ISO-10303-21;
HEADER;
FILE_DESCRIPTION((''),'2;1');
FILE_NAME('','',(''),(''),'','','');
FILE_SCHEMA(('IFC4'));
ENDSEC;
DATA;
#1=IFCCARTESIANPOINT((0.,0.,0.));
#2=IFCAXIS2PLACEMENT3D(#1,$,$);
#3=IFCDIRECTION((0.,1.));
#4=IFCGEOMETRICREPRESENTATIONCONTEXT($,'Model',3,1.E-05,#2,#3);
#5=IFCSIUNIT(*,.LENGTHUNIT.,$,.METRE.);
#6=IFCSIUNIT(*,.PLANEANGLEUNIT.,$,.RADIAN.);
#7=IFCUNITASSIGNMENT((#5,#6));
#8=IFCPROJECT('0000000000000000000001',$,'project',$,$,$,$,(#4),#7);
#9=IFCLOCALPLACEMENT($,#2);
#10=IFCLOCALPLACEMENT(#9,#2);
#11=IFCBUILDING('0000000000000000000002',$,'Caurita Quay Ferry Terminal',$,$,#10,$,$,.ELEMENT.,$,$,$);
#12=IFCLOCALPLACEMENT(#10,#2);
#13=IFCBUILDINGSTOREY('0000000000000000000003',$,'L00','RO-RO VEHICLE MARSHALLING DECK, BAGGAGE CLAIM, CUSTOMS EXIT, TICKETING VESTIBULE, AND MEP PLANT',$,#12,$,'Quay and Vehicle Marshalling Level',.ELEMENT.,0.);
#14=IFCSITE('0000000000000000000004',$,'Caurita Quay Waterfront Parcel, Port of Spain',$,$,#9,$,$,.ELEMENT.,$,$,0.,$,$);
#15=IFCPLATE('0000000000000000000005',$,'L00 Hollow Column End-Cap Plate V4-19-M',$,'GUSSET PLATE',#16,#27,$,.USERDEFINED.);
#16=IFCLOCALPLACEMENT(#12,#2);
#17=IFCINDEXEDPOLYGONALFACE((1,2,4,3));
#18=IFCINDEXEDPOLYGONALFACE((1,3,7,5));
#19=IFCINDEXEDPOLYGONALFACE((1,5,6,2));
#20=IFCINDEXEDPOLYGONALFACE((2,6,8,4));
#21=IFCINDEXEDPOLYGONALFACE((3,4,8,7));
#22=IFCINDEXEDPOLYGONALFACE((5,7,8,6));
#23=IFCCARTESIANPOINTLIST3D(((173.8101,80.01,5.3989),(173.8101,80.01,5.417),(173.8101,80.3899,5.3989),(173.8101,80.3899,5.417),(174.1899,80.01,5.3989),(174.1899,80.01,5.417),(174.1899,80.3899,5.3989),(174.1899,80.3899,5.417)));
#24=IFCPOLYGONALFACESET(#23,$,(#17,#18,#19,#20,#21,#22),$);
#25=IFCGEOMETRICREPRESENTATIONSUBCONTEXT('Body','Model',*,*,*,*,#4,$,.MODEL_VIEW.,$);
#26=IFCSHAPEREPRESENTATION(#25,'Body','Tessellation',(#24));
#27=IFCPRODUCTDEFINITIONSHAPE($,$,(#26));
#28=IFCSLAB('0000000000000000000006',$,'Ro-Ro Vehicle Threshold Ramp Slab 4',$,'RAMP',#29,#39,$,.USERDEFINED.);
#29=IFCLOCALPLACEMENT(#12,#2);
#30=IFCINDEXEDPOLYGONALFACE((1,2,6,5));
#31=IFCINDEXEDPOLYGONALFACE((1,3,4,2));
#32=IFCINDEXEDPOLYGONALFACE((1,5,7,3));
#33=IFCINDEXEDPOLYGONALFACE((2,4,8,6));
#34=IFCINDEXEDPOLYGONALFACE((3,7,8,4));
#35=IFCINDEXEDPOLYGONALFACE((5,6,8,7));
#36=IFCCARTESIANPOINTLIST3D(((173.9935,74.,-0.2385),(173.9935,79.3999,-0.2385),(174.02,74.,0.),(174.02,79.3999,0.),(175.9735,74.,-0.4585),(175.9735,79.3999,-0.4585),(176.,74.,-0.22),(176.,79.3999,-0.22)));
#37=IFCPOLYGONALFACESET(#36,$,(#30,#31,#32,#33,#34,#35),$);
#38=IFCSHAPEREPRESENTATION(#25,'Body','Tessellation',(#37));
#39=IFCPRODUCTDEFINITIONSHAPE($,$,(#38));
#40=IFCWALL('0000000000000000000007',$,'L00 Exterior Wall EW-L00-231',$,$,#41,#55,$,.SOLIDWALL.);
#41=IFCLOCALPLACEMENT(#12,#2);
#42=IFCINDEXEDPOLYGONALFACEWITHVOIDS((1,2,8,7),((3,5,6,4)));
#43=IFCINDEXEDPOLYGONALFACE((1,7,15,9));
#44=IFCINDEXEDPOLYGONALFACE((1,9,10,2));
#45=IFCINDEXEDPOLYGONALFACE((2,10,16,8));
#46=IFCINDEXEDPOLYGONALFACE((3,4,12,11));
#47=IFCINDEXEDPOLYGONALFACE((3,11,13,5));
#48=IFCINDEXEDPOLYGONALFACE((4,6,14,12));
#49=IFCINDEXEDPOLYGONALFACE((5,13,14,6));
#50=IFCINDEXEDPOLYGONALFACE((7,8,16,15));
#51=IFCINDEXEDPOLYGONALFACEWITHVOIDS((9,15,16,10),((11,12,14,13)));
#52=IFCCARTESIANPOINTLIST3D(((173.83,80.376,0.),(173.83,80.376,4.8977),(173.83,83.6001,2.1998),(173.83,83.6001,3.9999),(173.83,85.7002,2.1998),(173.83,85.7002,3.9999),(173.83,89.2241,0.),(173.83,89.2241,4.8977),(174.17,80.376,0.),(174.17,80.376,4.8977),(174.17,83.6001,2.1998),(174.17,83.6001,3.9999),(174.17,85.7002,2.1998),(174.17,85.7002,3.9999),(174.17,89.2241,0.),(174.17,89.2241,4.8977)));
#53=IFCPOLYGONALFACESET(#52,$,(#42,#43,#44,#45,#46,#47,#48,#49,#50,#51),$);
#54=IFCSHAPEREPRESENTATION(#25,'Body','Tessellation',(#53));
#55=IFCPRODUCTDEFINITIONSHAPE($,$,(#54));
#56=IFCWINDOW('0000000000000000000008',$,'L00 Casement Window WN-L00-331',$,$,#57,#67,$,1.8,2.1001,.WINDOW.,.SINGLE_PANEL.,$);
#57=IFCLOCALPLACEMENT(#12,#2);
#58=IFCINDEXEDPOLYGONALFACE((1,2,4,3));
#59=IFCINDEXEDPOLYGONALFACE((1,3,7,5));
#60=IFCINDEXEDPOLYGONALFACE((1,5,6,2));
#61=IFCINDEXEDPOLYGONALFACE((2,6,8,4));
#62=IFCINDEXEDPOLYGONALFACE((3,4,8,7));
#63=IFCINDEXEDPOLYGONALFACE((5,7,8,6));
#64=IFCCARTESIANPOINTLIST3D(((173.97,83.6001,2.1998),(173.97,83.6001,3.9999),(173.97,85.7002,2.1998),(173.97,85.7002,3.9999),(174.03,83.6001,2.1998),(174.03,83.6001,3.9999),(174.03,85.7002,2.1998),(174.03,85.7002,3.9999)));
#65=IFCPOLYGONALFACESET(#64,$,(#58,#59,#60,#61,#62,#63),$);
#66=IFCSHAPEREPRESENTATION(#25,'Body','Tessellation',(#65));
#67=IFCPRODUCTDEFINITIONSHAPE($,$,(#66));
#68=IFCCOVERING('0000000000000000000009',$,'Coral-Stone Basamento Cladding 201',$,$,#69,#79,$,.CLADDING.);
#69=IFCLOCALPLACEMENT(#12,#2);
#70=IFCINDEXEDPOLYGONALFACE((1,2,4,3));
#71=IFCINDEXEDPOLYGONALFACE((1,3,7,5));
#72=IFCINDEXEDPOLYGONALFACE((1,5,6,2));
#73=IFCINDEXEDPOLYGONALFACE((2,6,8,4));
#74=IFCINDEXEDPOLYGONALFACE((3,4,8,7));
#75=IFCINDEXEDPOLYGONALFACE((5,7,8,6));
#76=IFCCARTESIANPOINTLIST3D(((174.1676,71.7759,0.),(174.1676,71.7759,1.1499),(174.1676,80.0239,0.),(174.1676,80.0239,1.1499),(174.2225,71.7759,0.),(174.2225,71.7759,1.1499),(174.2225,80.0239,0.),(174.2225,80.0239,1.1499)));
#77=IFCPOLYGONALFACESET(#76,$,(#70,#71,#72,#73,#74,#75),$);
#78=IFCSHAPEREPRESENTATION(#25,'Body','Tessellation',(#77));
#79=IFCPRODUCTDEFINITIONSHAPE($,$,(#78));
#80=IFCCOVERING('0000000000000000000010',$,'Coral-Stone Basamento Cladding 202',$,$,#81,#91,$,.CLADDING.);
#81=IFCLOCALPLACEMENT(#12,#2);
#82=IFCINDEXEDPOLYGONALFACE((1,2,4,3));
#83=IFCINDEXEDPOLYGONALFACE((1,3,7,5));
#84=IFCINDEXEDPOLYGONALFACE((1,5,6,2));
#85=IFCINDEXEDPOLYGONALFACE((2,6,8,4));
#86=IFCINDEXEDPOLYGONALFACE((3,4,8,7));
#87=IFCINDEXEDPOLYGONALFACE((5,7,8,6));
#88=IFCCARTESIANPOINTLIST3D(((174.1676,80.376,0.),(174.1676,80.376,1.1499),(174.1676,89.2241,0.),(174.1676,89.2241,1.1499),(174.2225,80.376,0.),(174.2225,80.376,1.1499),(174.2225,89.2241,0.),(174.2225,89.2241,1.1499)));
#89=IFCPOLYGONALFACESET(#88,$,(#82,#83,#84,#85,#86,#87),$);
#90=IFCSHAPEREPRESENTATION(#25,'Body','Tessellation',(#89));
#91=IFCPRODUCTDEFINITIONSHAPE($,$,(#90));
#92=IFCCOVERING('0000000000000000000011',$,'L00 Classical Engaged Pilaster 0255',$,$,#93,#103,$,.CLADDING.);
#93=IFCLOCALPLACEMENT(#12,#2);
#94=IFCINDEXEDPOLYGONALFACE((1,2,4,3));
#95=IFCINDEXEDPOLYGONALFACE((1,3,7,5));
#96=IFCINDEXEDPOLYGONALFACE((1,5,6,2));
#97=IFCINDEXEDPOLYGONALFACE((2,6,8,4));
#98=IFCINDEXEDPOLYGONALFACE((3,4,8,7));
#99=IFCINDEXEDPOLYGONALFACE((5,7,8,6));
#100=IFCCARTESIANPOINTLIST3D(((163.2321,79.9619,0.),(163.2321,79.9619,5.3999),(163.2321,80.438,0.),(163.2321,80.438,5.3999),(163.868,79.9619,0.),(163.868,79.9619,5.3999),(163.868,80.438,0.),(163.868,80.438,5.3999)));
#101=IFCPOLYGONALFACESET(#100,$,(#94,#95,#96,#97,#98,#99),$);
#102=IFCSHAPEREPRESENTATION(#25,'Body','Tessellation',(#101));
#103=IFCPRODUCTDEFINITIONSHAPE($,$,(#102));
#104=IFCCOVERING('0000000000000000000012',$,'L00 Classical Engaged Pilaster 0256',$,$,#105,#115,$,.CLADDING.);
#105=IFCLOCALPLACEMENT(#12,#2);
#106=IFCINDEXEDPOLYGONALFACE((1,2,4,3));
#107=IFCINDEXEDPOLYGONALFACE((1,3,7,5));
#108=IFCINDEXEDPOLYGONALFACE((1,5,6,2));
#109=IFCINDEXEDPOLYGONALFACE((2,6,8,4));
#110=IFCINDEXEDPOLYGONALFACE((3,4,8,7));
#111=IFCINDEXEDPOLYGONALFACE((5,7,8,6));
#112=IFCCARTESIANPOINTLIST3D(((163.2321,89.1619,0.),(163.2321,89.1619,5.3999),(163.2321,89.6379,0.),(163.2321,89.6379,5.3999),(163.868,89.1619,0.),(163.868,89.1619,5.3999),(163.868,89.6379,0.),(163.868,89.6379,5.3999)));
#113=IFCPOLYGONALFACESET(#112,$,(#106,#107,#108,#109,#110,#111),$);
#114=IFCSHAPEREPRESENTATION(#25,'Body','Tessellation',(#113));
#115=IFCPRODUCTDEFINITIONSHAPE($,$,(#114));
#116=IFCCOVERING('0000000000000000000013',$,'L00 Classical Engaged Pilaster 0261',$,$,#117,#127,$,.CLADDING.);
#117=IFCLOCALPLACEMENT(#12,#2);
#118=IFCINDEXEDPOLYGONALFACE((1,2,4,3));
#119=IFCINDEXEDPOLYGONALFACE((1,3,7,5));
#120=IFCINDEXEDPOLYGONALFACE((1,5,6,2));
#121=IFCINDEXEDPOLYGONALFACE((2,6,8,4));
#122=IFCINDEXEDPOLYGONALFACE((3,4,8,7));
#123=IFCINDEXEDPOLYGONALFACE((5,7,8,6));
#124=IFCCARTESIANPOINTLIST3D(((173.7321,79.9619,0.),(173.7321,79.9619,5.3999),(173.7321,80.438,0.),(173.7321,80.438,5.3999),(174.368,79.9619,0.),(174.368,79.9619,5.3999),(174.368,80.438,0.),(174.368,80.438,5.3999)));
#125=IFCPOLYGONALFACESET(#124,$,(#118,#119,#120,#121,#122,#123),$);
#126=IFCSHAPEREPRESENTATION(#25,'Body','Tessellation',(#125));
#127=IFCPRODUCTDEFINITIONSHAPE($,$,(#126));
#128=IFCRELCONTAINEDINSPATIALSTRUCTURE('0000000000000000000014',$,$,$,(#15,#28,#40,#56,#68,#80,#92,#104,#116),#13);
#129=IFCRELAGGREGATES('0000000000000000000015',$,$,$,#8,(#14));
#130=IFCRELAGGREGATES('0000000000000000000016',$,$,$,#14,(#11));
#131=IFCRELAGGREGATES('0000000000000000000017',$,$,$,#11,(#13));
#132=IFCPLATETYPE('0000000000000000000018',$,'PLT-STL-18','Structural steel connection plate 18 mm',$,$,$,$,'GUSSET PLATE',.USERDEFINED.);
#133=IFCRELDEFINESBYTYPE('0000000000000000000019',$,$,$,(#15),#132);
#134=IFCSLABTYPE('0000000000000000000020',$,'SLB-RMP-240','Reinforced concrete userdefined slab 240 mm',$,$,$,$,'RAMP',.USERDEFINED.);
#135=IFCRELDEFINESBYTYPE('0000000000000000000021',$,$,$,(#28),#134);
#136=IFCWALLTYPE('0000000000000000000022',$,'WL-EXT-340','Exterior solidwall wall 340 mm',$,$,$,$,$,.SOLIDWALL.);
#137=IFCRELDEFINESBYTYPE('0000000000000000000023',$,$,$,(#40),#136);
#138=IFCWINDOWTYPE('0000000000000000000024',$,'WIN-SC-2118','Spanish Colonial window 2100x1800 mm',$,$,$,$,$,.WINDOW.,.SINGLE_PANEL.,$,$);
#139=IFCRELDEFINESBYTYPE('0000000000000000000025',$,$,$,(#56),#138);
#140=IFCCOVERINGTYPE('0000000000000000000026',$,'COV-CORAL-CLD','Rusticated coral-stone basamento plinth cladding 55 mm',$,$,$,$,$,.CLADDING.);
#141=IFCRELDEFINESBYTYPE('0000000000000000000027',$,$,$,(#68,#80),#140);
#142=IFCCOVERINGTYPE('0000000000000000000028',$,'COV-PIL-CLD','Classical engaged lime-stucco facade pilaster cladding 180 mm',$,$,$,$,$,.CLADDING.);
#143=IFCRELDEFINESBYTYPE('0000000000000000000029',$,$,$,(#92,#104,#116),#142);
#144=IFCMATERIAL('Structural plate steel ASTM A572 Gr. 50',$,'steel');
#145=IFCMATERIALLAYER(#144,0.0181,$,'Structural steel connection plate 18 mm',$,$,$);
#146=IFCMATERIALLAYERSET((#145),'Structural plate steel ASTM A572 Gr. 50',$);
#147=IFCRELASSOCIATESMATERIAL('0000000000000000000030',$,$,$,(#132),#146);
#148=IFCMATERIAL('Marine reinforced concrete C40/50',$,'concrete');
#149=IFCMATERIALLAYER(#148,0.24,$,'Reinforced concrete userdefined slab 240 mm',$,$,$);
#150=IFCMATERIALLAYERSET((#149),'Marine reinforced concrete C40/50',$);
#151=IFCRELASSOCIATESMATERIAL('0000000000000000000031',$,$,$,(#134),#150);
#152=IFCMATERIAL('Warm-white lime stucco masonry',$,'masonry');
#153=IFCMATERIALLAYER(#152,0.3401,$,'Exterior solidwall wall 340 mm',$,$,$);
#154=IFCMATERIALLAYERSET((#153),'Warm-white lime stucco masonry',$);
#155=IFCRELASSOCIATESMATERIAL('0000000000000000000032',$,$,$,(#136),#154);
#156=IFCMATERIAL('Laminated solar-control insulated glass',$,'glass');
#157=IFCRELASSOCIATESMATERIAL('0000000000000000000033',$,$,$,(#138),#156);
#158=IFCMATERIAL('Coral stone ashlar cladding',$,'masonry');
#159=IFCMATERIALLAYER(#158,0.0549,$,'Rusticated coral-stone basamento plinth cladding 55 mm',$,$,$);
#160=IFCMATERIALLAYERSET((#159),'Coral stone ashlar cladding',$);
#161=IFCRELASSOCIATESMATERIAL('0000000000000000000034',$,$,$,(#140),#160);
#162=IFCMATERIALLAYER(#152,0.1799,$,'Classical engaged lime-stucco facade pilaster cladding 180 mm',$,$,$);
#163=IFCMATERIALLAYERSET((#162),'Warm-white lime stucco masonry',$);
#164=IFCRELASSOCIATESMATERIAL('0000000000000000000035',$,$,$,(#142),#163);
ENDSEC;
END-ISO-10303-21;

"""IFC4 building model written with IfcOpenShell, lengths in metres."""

from ifc_helpers import new_model, si_unit, direction, frame, frame_2d, origin, origin_2d, place, context, subcontext, project, spatial, polyline, rectangle, outline, extrude, material, layer, layer_set, type_object, element, fill, save


model = new_model("IFC4")

# Units and contexts
model_context = context("Model", 3, precision=1e-05, world=origin(), true_north=direction((0.0, 1.0)))
body_context = subcontext(model_context, "Body", "Model", "MODEL_VIEW")
ifc_project = project(units=[si_unit("LENGTHUNIT", "METRE"), si_unit("PLANEANGLEUNIT", "RADIAN")], contexts=[model_context])

# Site, building, storey
site_placement = place(None, origin())
site = spatial("IfcSite", under=ifc_project, at=site_placement, Name="Caurita Quay Waterfront Parcel, Port of Spain", CompositionType="ELEMENT", RefElevation=0.0)
building_placement = place(site_placement, origin())
building = spatial("IfcBuilding", under=site, at=building_placement, Name="Caurita Quay Ferry Terminal", CompositionType="ELEMENT")
storey_placement = place(building_placement, origin())
storey = spatial("IfcBuildingStorey", under=building, at=storey_placement, Name="L00", Description="RO-RO VEHICLE MARSHALLING DECK, BAGGAGE CLAIM, CUSTOMS EXIT, TICKETING VESTIBULE, AND MEP PLANT", LongName="Quay and Vehicle Marshalling Level", CompositionType="ELEMENT", Elevation=0.0)

# Shared definitions
ifc_material_1 = material(Name="Marine reinforced concrete C40/50", Category="concrete")

# Plate
ifc_material_2 = material(Name="Structural plate steel ASTM A572 Gr. 50", Category="steel")
ifc_layer_1 = layer(ifc_material_2, 0.0181, Name="Structural steel connection plate 18 mm")
ifc_layer_set_1 = layer_set([ifc_layer_1], Name="Structural plate steel ASTM A572 Gr. 50")
plate_type = type_object("IfcPlateType", Name="PLT-STL-18", Description="Structural steel connection plate 18 mm", ElementType="GUSSET PLATE", PredefinedType="USERDEFINED", material=ifc_layer_set_1)
for number, where, z_axis, x_axis, name in (
    (1, (174.0, 80.2, 5.3989), (0.0, 0.0, 1.0), (1.0, 0.0, 0.0), "L00 Hollow Column End-Cap Plate V4-19-M"),
):
    element("IfcPlate", number, at=place(storey_placement, frame(where, z_axis=z_axis, x_axis=x_axis)), inside=storey, type_object=plate_type, Name=name, ObjectType="GUSSET PLATE", PredefinedType="USERDEFINED", context=body_context, shape_type="SweptSolid", body=[
        extrude(rectangle(XDim=0.3799, YDim=0.3799, at=origin_2d()), origin(), (0.0, 0.0, 1.0), 0.0181),
    ])

# Slab
ifc_layer_2 = layer(ifc_material_1, 0.24, Name="Reinforced concrete userdefined slab 240 mm")
ifc_layer_set_2 = layer_set([ifc_layer_2], Name="Marine reinforced concrete C40/50")
slab_type = type_object("IfcSlabType", Name="SLB-RMP-240", Description="Reinforced concrete userdefined slab 240 mm", ElementType="RAMP", PredefinedType="USERDEFINED", material=ifc_layer_set_2)
slab_placement = place(storey_placement, frame((174.02, 74.0, 0.0), z_axis=(0.110418, 0.0, 0.993885), x_axis=(0.993885, 0.0, -0.110418)))
element("IfcSlab", 2, at=slab_placement, inside=storey, type_object=slab_type, Name="Ro-Ro Vehicle Threshold Ramp Slab 4", ObjectType="RAMP", PredefinedType="USERDEFINED", context=body_context, shape_type="SweptSolid", body=[
    extrude(outline(polyline([(0.0, 0.0), (1.9922, 0.0), (1.9922, 5.3999), (0.0, 5.3999), (0.0, 0.0)])), origin(), (0.0, 0.0, -1.0), 0.24),
])

# Wall, opening, window
ifc_material_3 = material(Name="Warm-white lime stucco masonry", Category="masonry")
ifc_layer_3 = layer(ifc_material_3, 0.3401, Name="Exterior solidwall wall 340 mm")
ifc_layer_set_3 = layer_set([ifc_layer_3], Name="Warm-white lime stucco masonry")
wall_type = type_object("IfcWallType", Name="WL-EXT-340", Description="Exterior solidwall wall 340 mm", PredefinedType="SOLIDWALL", material=ifc_layer_set_3)
wall_placement = place(storey_placement, frame((174.0, 80.376, 0.0), z_axis=(0.0, 0.0, 1.0), x_axis=(0.0, 1.0, 0.0)))
wall = element("IfcWall", 3, at=wall_placement, inside=storey, type_object=wall_type, Name="L00 Exterior Wall EW-L00-231", PredefinedType="SOLIDWALL", context=body_context, shape_type="SweptSolid", body=[
    extrude(rectangle(XDim=8.8481, YDim=0.3401, at=frame_2d((4.4241, 0.0))), origin(), (0.0, 0.0, 1.0), 4.8977),
])
opening_placement = place(wall_placement, frame((3.2241, 0.0, 2.2)))
opening = element("IfcOpeningElement", 4, at=opening_placement, cuts=wall, PredefinedType="OPENING", context=body_context, shape_type="SweptSolid", body=[
    extrude(rectangle(XDim=2.1001, YDim=1.8, at=frame_2d((1.05, 0.8999))), frame((0.0, 0.1799, 0.0), z_axis=(0.0, -1.0, 0.0), x_axis=(1.0, 0.0, 0.0)), (0.0, 0.0, 1.0), 0.3601),
])
ifc_material_4 = material(Name="Laminated solar-control insulated glass", Category="glass")
window_type = type_object("IfcWindowType", Name="WIN-SC-2118", Description="Spanish Colonial window 2100x1800 mm", PartitioningType="SINGLE_PANEL", PredefinedType="WINDOW", material=ifc_material_4)
window_placement = place(opening_placement, origin())
window = element("IfcWindow", 5, at=window_placement, inside=storey, type_object=window_type, Name="L00 Casement Window WN-L00-331", OverallHeight=1.8, OverallWidth=2.1001, PartitioningType="SINGLE_PANEL", PredefinedType="WINDOW", context=body_context, shape_type="SweptSolid", body=[
    extrude(rectangle(XDim=2.1001, YDim=1.8, at=frame_2d((1.05, 0.8999))), frame((0.0, 0.03, 0.0), z_axis=(0.0, -1.0, 0.0), x_axis=(1.0, 0.0, 0.0)), (0.0, 0.0, 1.0), 0.0601),
])
fill(opening, window)

# Coverings
ifc_material_5 = material(Name="Coral stone ashlar cladding", Category="masonry")
ifc_layer_4 = layer(ifc_material_5, 0.0549, Name="Rusticated coral-stone basamento plinth cladding 55 mm")
ifc_layer_set_4 = layer_set([ifc_layer_4], Name="Coral stone ashlar cladding")
covering_type_1 = type_object("IfcCoveringType", Name="COV-CORAL-CLD", Description="Rusticated coral-stone basamento plinth cladding 55 mm", PredefinedType="CLADDING", material=ifc_layer_set_4)
covering_1_placement = place(storey_placement, frame((174.1951, 71.7759, 0.0), z_axis=(0.0, 0.0, 1.0), x_axis=(0.0, 1.0, 0.0)))
element("IfcCovering", 6, at=covering_1_placement, inside=storey, type_object=covering_type_1, Name="Coral-Stone Basamento Cladding 201", PredefinedType="CLADDING", context=body_context, shape_type="SweptSolid", body=[
    extrude(rectangle(XDim=8.248, YDim=0.0549, at=frame_2d((4.124, 0.0))), origin(), (0.0, 0.0, 1.0), 1.1499),
])
covering_2_placement = place(storey_placement, frame((174.1951, 80.376, 0.0), z_axis=(0.0, 0.0, 1.0), x_axis=(0.0, 1.0, 0.0)))
element("IfcCovering", 7, at=covering_2_placement, inside=storey, type_object=covering_type_1, Name="Coral-Stone Basamento Cladding 202", PredefinedType="CLADDING", context=body_context, shape_type="SweptSolid", body=[
    extrude(rectangle(XDim=8.8481, YDim=0.0549, at=frame_2d((4.4241, 0.0))), origin(), (0.0, 0.0, 1.0), 1.1499),
])
ifc_layer_5 = layer(ifc_material_3, 0.1799, Name="Classical engaged lime-stucco facade pilaster cladding 180 mm")
ifc_layer_set_5 = layer_set([ifc_layer_5], Name="Warm-white lime stucco masonry")
covering_type_2 = type_object("IfcCoveringType", Name="COV-PIL-CLD", Description="Classical engaged lime-stucco facade pilaster cladding 180 mm", PredefinedType="CLADDING", material=ifc_layer_set_5)
for number, where, z_axis, x_axis, name in (
    (8, (163.55, 80.2, 0.0), (0.0, 0.0, 1.0), (1.0, 0.0, 0.0), "L00 Classical Engaged Pilaster 0255"),
    (9, (163.55, 89.3999, 0.0), (0.0, 0.0, 1.0), (1.0, 0.0, 0.0), "L00 Classical Engaged Pilaster 0256"),
    (10, (174.05, 80.2, 0.0), (0.0, 0.0, 1.0), (1.0, 0.0, 0.0), "L00 Classical Engaged Pilaster 0261"),
):
    element("IfcCovering", number, at=place(storey_placement, frame(where, z_axis=z_axis, x_axis=x_axis)), inside=storey, type_object=covering_type_2, Name=name, PredefinedType="CLADDING", context=body_context, shape_type="SweptSolid", body=[
        extrude(rectangle(XDim=0.636, YDim=0.4761, at=origin_2d()), origin(), (0.0, 0.0, 1.0), 5.3999),
    ])

save(model, "model.ifc")
